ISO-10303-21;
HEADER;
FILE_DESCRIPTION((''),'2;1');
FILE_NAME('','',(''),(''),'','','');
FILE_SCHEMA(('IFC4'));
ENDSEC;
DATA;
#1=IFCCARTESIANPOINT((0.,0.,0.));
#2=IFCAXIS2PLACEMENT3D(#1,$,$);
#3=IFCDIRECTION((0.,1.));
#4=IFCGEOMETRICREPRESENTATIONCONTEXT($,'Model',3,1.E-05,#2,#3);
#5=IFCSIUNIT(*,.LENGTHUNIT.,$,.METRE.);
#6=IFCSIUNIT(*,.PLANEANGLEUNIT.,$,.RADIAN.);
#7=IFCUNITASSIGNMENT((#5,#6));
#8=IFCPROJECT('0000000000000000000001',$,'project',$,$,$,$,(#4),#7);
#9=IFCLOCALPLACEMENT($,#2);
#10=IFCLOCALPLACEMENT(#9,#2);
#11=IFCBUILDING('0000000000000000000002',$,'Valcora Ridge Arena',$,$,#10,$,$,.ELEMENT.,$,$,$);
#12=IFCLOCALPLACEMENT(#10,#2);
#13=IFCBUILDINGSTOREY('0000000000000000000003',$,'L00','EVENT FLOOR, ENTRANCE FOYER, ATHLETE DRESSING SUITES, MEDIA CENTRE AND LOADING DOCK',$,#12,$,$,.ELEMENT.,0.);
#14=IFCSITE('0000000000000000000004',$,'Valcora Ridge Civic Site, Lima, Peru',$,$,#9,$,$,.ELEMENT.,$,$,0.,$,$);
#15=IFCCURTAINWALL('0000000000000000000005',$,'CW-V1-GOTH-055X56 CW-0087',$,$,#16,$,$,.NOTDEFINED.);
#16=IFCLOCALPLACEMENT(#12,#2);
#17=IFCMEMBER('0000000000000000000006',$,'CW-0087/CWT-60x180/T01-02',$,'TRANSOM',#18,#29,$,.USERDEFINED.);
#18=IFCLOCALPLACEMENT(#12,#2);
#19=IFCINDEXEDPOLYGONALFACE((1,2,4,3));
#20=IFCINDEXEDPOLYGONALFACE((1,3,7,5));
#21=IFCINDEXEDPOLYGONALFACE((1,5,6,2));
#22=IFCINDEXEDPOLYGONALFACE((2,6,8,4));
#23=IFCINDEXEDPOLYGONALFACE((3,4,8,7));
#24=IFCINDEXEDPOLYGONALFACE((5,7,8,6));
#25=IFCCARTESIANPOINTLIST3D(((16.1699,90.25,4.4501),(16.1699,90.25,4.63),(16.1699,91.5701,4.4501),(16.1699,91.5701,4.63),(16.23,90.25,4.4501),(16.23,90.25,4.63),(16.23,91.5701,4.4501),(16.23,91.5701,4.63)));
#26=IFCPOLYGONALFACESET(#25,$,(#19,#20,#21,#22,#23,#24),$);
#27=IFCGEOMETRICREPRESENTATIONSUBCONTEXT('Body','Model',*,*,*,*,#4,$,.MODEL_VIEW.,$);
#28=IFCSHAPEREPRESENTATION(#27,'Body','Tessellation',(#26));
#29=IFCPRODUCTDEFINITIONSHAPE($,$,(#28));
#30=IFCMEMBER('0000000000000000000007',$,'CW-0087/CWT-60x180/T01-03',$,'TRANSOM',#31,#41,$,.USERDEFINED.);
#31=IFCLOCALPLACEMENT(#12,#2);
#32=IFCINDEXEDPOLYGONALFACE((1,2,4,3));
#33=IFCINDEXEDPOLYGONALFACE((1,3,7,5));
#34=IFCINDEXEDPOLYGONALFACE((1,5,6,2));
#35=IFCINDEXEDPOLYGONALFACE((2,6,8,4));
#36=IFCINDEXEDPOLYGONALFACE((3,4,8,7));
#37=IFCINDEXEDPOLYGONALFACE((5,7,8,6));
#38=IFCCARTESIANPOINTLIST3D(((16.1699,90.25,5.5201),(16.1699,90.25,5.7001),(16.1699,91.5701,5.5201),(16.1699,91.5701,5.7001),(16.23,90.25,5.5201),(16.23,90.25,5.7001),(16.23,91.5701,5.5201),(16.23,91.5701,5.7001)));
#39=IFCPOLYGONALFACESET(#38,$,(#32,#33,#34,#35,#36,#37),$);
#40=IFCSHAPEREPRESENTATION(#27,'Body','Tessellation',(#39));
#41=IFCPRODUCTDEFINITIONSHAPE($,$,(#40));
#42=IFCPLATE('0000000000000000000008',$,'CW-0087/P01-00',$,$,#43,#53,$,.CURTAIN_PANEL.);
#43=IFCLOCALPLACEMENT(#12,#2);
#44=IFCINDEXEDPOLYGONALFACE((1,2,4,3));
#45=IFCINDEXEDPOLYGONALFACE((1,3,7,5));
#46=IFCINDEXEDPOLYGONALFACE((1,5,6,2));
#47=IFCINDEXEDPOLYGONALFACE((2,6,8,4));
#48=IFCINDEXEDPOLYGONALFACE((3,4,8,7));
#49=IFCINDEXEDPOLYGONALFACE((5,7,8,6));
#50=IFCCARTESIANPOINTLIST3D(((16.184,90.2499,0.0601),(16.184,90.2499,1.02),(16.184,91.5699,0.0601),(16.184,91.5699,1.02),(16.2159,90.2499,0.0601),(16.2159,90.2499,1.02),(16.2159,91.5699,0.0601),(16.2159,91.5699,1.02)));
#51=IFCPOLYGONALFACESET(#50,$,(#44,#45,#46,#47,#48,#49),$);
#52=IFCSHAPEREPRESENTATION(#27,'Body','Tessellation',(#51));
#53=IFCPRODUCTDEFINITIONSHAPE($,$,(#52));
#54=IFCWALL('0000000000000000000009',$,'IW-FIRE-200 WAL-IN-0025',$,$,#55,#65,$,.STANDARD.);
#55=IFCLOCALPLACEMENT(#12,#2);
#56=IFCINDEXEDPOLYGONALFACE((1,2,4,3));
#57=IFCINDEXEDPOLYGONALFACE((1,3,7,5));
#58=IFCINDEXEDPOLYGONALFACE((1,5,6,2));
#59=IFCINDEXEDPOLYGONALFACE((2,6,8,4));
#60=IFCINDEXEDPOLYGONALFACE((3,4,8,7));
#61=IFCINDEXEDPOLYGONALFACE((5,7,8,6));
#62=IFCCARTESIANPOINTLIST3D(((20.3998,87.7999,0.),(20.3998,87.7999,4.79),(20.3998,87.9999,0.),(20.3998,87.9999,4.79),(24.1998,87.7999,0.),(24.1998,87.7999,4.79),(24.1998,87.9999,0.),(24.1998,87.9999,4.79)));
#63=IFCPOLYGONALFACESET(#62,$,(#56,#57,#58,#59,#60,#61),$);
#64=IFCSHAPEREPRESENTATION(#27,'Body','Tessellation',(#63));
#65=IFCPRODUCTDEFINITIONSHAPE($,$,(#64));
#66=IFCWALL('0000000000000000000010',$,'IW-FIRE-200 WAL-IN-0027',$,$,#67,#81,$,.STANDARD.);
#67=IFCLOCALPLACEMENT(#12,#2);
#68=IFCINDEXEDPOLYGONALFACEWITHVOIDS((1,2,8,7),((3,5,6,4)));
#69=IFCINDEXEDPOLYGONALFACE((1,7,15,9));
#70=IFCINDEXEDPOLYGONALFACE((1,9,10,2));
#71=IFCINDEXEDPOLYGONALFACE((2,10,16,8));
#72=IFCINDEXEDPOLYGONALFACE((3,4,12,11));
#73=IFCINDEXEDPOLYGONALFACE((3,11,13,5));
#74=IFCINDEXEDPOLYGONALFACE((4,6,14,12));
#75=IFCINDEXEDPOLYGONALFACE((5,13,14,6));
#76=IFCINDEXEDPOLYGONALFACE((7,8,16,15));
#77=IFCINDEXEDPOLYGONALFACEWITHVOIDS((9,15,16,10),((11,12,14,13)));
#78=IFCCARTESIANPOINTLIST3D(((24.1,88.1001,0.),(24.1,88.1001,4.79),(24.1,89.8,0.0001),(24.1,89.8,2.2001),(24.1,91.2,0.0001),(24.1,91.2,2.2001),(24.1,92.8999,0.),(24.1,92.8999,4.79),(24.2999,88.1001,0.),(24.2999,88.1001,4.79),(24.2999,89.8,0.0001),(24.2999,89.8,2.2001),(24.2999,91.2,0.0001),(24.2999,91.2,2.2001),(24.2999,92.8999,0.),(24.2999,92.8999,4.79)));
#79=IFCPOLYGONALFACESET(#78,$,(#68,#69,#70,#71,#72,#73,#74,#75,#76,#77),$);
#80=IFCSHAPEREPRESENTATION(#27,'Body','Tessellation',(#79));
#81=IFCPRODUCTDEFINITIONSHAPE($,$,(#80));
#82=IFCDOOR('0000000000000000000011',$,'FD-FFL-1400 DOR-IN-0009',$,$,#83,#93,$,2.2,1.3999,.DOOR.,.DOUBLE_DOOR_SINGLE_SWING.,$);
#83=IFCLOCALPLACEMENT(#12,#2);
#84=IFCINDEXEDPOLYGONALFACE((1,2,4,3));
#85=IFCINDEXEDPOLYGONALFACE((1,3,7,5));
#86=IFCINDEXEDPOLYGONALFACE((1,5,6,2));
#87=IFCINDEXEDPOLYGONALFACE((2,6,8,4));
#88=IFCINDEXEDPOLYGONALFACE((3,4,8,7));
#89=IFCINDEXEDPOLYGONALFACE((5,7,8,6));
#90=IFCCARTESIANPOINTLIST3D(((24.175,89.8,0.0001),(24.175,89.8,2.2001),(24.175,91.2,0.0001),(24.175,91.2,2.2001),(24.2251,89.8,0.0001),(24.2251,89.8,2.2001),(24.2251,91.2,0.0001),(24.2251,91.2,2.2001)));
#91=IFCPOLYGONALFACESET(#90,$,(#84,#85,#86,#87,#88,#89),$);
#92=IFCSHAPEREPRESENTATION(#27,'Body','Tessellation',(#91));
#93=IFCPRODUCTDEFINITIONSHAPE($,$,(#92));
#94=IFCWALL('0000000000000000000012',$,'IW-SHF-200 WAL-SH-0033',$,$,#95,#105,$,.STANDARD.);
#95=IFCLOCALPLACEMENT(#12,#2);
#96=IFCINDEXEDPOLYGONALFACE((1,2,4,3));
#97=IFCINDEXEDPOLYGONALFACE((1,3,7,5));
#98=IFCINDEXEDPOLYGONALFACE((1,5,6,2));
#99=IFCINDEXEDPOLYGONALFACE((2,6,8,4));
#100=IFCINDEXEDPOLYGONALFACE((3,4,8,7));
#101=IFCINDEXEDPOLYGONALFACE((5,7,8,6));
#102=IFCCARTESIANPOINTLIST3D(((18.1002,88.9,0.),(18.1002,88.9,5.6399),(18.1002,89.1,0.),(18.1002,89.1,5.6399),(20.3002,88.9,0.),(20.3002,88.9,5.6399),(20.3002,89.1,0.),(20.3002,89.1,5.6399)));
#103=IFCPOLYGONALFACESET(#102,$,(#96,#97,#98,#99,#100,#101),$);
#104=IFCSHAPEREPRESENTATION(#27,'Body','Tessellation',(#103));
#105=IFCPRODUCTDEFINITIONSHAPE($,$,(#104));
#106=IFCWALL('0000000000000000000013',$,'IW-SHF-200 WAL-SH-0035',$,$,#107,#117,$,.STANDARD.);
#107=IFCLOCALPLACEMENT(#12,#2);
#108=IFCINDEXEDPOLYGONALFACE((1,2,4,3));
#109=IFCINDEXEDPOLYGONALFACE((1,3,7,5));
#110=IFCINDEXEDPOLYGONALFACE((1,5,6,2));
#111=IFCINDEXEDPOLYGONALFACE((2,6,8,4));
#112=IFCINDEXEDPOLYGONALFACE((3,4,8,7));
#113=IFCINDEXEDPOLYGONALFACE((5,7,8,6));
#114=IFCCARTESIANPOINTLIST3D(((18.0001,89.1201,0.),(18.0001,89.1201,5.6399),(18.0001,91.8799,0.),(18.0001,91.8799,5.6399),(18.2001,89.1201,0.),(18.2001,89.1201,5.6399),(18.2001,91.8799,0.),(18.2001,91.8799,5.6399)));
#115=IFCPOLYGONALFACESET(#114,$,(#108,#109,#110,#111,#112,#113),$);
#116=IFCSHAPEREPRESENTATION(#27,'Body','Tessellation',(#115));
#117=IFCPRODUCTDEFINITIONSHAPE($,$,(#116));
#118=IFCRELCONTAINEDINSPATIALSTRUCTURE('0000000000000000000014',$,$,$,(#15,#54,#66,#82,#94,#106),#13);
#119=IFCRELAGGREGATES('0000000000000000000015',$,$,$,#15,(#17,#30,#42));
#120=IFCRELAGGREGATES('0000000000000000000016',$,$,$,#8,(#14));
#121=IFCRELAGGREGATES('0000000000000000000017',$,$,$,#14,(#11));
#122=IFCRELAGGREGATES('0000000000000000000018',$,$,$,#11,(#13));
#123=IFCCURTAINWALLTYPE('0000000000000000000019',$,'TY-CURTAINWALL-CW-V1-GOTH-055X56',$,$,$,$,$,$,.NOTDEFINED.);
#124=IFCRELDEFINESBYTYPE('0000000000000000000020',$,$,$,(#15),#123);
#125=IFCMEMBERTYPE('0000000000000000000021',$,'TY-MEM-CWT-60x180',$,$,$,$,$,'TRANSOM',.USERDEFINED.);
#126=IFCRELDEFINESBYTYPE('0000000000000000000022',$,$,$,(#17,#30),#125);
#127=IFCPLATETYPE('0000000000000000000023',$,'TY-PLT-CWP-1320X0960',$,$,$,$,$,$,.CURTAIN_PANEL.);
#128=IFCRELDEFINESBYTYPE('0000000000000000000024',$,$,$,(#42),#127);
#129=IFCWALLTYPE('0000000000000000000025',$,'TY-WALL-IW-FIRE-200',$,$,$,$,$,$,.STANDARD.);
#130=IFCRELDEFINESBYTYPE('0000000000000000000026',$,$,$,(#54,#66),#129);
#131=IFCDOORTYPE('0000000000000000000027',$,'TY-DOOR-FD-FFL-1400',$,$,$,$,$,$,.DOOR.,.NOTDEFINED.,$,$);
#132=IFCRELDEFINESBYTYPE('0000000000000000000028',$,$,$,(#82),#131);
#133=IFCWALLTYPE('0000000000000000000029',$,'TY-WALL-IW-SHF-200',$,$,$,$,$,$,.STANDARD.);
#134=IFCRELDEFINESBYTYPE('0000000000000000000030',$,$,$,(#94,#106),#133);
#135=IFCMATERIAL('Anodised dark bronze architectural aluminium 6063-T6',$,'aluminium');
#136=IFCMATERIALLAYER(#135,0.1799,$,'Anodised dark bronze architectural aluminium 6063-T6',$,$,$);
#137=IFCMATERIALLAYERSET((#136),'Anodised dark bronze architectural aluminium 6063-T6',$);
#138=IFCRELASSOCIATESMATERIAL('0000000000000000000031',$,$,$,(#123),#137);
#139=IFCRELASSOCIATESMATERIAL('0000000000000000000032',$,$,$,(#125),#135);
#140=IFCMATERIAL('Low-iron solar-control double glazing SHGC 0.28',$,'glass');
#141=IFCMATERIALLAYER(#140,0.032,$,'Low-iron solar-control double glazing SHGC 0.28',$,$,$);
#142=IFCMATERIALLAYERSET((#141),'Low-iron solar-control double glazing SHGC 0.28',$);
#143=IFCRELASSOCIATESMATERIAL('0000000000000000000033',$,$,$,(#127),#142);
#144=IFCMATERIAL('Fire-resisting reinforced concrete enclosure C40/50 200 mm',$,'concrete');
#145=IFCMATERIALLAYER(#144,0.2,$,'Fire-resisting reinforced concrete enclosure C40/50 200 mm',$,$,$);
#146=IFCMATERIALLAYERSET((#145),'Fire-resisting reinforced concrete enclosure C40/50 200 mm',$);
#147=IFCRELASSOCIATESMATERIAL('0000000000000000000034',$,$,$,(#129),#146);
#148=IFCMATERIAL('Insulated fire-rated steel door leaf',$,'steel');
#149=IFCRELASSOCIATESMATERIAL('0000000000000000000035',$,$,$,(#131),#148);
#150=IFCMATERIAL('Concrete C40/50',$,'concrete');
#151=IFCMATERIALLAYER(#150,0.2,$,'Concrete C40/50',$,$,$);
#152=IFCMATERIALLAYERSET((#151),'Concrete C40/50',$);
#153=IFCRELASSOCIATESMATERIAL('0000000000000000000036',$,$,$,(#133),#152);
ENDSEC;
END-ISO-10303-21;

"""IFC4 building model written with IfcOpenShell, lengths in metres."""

from ifc_helpers import new_model, si_unit, direction, frame, frame_2d, origin, origin_2d, place, context, subcontext, project, spatial, rectangle, extrude, material, layer, layer_set, material_profile, profile_set, type_object, element, fill, aggregate, save


model = new_model("IFC4")

# Units and contexts
model_context = context("Model", 3, precision=1e-05, world=origin(), true_north=direction((0.0, 1.0)))
body_context = subcontext(model_context, "Body", "Model", "MODEL_VIEW")
ifc_project = project(units=[si_unit("LENGTHUNIT", "METRE"), si_unit("PLANEANGLEUNIT", "RADIAN")], contexts=[model_context])

# Site, building, storey
site_placement = place(None, origin())
site = spatial("IfcSite", under=ifc_project, at=site_placement, Name="Valcora Ridge Civic Site, Lima, Peru", CompositionType="ELEMENT", RefElevation=0.0)
building_placement = place(site_placement, origin())
building = spatial("IfcBuilding", under=site, at=building_placement, Name="Valcora Ridge Arena", CompositionType="ELEMENT")
storey_placement = place(building_placement, origin())
storey = spatial("IfcBuildingStorey", under=building, at=storey_placement, Name="L00", Description="EVENT FLOOR, ENTRANCE FOYER, ATHLETE DRESSING SUITES, MEDIA CENTRE AND LOADING DOCK", CompositionType="ELEMENT", Elevation=0.0)

# Shared definitions
ifc_material_1 = material(Name="Concrete C40/50", Category="concrete")

# Curtain wall, members, plate
ifc_material_2 = material(Name="Anodised dark bronze architectural aluminium 6063-T6", Category="aluminium")
ifc_layer_1 = layer(ifc_material_2, 0.1799, Name="Anodised dark bronze architectural aluminium 6063-T6")
ifc_layer_set_1 = layer_set([ifc_layer_1], Name="Anodised dark bronze architectural aluminium 6063-T6")
curtain_wall_type = type_object("IfcCurtainWallType", Name="TY-CURTAINWALL-CW-V1-GOTH-055X56", PredefinedType="NOTDEFINED", material=ifc_layer_set_1)
curtain_wall_placement = place(storey_placement, origin())
curtain_wall = element("IfcCurtainWall", 1, at=curtain_wall_placement, inside=storey, type_object=curtain_wall_type, Name="CW-V1-GOTH-055X56 CW-0087", PredefinedType="NOTDEFINED")
ifc_material_profile_1 = material_profile(ifc_material_2, rectangle(XDim=0.0601, YDim=0.1799, at=origin_2d()), Name="ALU TRANSOM 60x180")
ifc_profile_set_1 = profile_set([ifc_material_profile_1], Name="Anodised dark bronze architectural aluminium 6063-T6")
member_type = type_object("IfcMemberType", Name="TY-MEM-CWT-60x180", ElementType="TRANSOM", PredefinedType="USERDEFINED", material=ifc_profile_set_1)
member_1_placement = place(storey_placement, frame((16.2, 90.25, 4.54), z_axis=(0.0, 1.0, 0.0), x_axis=(-1.0, 0.0, 0.0)))
member_1 = element("IfcMember", 2, at=member_1_placement, type_object=member_type, Name="CW-0087/CWT-60x180/T01-02", ObjectType="TRANSOM", PredefinedType="USERDEFINED", context=body_context, shape_type="SweptSolid", body=[
    extrude(rectangle(XDim=0.0601, YDim=0.1799, at=origin_2d()), origin(), (0.0, 0.0, 1.0), 1.3201),
])
member_2_placement = place(storey_placement, frame((16.2, 90.25, 5.6101), z_axis=(0.0, 1.0, 0.0), x_axis=(-1.0, 0.0, 0.0)))
member_2 = element("IfcMember", 3, at=member_2_placement, type_object=member_type, Name="CW-0087/CWT-60x180/T01-03", ObjectType="TRANSOM", PredefinedType="USERDEFINED", context=body_context, shape_type="SweptSolid", body=[
    extrude(rectangle(XDim=0.0601, YDim=0.1799, at=origin_2d()), origin(), (0.0, 0.0, 1.0), 1.3201),
])
ifc_material_3 = material(Name="Low-iron solar-control double glazing SHGC 0.28", Category="glass")
ifc_layer_2 = layer(ifc_material_3, 0.032, Name="Low-iron solar-control double glazing SHGC 0.28")
ifc_layer_set_2 = layer_set([ifc_layer_2], Name="Low-iron solar-control double glazing SHGC 0.28")
plate_type = type_object("IfcPlateType", Name="TY-PLT-CWP-1320X0960", PredefinedType="CURTAIN_PANEL", material=ifc_layer_set_2)
plate_placement = place(storey_placement, frame((16.2, 90.9099, 0.0601), z_axis=(0.0, 0.0, 1.0), x_axis=(0.0, 1.0, 0.0)))
plate = element("IfcPlate", 4, at=plate_placement, type_object=plate_type, Name="CW-0087/P01-00", PredefinedType="CURTAIN_PANEL", context=body_context, shape_type="SweptSolid", body=[
    extrude(rectangle(XDim=1.3201, YDim=0.032, at=origin_2d()), origin(), (0.0, 0.0, 1.0), 0.96),
])
aggregate(curtain_wall, [member_1, member_2, plate])

# Wall
ifc_material_4 = material(Name="Fire-resisting reinforced concrete enclosure C40/50 200 mm", Category="concrete")
ifc_layer_3 = layer(ifc_material_4, 0.2, Name="Fire-resisting reinforced concrete enclosure C40/50 200 mm")
ifc_layer_set_3 = layer_set([ifc_layer_3], Name="Fire-resisting reinforced concrete enclosure C40/50 200 mm")
wall_type_1 = type_object("IfcWallType", Name="TY-WALL-IW-FIRE-200", PredefinedType="STANDARD", material=ifc_layer_set_3)
wall_1_placement = place(storey_placement, frame((20.3999, 87.8999, 0.0), z_axis=(0.0, 0.0, 1.0), x_axis=(1.0, 0.0, 0.0)))
element("IfcWall", 5, at=wall_1_placement, inside=storey, type_object=wall_type_1, Name="IW-FIRE-200 WAL-IN-0025", PredefinedType="STANDARD", context=body_context, shape_type="SweptSolid", body=[
    extrude(rectangle(XDim=3.8, YDim=0.2, at=frame_2d((1.8999, 0.0))), origin(), (0.0, 0.0, 1.0), 4.79),
])

# Wall, opening, door
wall_2_placement = place(storey_placement, frame((24.2, 88.1001, 0.0), z_axis=(0.0, 0.0, 1.0), x_axis=(0.0, 1.0, 0.0)))
wall_2 = element("IfcWall", 6, at=wall_2_placement, inside=storey, type_object=wall_type_1, Name="IW-FIRE-200 WAL-IN-0027", PredefinedType="STANDARD", context=body_context, shape_type="SweptSolid", body=[
    extrude(rectangle(XDim=4.7998, YDim=0.2, at=frame_2d((2.3999, 0.0))), origin(), (0.0, 0.0, 1.0), 4.79),
])
opening_1_placement = place(wall_2_placement, frame((1.7, 0.0, 0.0)))
opening_1 = element("IfcOpeningElement", 7, at=opening_1_placement, cuts=wall_2, PredefinedType="OPENING", context=body_context, shape_type="SweptSolid", body=[
    extrude(rectangle(XDim=1.3999, YDim=2.2, at=frame_2d((0.7, 1.1001))), frame((0.0, 0.1099, 0.0), z_axis=(0.0, -1.0, 0.0), x_axis=(1.0, 0.0, 0.0)), (0.0, 0.0, 1.0), 0.22),
])
ifc_material_5 = material(Name="Insulated fire-rated steel door leaf", Category="steel")
door_type_1 = type_object("IfcDoorType", Name="TY-DOOR-FD-FFL-1400", OperationType="NOTDEFINED", PredefinedType="DOOR", material=ifc_material_5)
door_1_placement = place(opening_1_placement, origin())
door_1 = element("IfcDoor", 8, at=door_1_placement, inside=storey, type_object=door_type_1, Name="FD-FFL-1400 DOR-IN-0009", OperationType="DOUBLE_DOOR_SINGLE_SWING", OverallHeight=2.2, OverallWidth=1.3999, PredefinedType="DOOR", context=body_context, shape_type="SweptSolid", body=[
    extrude(rectangle(XDim=1.3999, YDim=2.2, at=frame_2d((0.7, 1.1001))), frame((0.0, 0.0249, 0.0), z_axis=(0.0, -1.0, 0.0), x_axis=(1.0, 0.0, 0.0)), (0.0, 0.0, 1.0), 0.05),
])
fill(opening_1, door_1)

# Walls
ifc_layer_4 = layer(ifc_material_1, 0.2, Name="Concrete C40/50")
ifc_layer_set_4 = layer_set([ifc_layer_4], Name="Concrete C40/50")
wall_type_2 = type_object("IfcWallType", Name="TY-WALL-IW-SHF-200", PredefinedType="STANDARD", material=ifc_layer_set_4)
wall_3_placement = place(storey_placement, frame((18.1001, 89.0, 0.0), z_axis=(0.0, 0.0, 1.0), x_axis=(1.0, 0.0, 0.0)))
element("IfcWall", 9, at=wall_3_placement, inside=storey, type_object=wall_type_2, Name="IW-SHF-200 WAL-SH-0033", PredefinedType="STANDARD", context=body_context, shape_type="SweptSolid", body=[
    extrude(rectangle(XDim=2.2, YDim=0.2, at=frame_2d((1.1001, 0.0))), origin(), (0.0, 0.0, 1.0), 5.6399),
])
wall_4_placement = place(storey_placement, frame((18.1001, 89.1201, 0.0), z_axis=(0.0, 0.0, 1.0), x_axis=(0.0, 1.0, 0.0)))
element("IfcWall", 10, at=wall_4_placement, inside=storey, type_object=wall_type_2, Name="IW-SHF-200 WAL-SH-0035", PredefinedType="STANDARD", context=body_context, shape_type="SweptSolid", body=[
    extrude(rectangle(XDim=2.7598, YDim=0.2, at=frame_2d((1.3799, 0.0))), origin(), (0.0, 0.0, 1.0), 5.6399),
])

save(model, "model.ifc")
